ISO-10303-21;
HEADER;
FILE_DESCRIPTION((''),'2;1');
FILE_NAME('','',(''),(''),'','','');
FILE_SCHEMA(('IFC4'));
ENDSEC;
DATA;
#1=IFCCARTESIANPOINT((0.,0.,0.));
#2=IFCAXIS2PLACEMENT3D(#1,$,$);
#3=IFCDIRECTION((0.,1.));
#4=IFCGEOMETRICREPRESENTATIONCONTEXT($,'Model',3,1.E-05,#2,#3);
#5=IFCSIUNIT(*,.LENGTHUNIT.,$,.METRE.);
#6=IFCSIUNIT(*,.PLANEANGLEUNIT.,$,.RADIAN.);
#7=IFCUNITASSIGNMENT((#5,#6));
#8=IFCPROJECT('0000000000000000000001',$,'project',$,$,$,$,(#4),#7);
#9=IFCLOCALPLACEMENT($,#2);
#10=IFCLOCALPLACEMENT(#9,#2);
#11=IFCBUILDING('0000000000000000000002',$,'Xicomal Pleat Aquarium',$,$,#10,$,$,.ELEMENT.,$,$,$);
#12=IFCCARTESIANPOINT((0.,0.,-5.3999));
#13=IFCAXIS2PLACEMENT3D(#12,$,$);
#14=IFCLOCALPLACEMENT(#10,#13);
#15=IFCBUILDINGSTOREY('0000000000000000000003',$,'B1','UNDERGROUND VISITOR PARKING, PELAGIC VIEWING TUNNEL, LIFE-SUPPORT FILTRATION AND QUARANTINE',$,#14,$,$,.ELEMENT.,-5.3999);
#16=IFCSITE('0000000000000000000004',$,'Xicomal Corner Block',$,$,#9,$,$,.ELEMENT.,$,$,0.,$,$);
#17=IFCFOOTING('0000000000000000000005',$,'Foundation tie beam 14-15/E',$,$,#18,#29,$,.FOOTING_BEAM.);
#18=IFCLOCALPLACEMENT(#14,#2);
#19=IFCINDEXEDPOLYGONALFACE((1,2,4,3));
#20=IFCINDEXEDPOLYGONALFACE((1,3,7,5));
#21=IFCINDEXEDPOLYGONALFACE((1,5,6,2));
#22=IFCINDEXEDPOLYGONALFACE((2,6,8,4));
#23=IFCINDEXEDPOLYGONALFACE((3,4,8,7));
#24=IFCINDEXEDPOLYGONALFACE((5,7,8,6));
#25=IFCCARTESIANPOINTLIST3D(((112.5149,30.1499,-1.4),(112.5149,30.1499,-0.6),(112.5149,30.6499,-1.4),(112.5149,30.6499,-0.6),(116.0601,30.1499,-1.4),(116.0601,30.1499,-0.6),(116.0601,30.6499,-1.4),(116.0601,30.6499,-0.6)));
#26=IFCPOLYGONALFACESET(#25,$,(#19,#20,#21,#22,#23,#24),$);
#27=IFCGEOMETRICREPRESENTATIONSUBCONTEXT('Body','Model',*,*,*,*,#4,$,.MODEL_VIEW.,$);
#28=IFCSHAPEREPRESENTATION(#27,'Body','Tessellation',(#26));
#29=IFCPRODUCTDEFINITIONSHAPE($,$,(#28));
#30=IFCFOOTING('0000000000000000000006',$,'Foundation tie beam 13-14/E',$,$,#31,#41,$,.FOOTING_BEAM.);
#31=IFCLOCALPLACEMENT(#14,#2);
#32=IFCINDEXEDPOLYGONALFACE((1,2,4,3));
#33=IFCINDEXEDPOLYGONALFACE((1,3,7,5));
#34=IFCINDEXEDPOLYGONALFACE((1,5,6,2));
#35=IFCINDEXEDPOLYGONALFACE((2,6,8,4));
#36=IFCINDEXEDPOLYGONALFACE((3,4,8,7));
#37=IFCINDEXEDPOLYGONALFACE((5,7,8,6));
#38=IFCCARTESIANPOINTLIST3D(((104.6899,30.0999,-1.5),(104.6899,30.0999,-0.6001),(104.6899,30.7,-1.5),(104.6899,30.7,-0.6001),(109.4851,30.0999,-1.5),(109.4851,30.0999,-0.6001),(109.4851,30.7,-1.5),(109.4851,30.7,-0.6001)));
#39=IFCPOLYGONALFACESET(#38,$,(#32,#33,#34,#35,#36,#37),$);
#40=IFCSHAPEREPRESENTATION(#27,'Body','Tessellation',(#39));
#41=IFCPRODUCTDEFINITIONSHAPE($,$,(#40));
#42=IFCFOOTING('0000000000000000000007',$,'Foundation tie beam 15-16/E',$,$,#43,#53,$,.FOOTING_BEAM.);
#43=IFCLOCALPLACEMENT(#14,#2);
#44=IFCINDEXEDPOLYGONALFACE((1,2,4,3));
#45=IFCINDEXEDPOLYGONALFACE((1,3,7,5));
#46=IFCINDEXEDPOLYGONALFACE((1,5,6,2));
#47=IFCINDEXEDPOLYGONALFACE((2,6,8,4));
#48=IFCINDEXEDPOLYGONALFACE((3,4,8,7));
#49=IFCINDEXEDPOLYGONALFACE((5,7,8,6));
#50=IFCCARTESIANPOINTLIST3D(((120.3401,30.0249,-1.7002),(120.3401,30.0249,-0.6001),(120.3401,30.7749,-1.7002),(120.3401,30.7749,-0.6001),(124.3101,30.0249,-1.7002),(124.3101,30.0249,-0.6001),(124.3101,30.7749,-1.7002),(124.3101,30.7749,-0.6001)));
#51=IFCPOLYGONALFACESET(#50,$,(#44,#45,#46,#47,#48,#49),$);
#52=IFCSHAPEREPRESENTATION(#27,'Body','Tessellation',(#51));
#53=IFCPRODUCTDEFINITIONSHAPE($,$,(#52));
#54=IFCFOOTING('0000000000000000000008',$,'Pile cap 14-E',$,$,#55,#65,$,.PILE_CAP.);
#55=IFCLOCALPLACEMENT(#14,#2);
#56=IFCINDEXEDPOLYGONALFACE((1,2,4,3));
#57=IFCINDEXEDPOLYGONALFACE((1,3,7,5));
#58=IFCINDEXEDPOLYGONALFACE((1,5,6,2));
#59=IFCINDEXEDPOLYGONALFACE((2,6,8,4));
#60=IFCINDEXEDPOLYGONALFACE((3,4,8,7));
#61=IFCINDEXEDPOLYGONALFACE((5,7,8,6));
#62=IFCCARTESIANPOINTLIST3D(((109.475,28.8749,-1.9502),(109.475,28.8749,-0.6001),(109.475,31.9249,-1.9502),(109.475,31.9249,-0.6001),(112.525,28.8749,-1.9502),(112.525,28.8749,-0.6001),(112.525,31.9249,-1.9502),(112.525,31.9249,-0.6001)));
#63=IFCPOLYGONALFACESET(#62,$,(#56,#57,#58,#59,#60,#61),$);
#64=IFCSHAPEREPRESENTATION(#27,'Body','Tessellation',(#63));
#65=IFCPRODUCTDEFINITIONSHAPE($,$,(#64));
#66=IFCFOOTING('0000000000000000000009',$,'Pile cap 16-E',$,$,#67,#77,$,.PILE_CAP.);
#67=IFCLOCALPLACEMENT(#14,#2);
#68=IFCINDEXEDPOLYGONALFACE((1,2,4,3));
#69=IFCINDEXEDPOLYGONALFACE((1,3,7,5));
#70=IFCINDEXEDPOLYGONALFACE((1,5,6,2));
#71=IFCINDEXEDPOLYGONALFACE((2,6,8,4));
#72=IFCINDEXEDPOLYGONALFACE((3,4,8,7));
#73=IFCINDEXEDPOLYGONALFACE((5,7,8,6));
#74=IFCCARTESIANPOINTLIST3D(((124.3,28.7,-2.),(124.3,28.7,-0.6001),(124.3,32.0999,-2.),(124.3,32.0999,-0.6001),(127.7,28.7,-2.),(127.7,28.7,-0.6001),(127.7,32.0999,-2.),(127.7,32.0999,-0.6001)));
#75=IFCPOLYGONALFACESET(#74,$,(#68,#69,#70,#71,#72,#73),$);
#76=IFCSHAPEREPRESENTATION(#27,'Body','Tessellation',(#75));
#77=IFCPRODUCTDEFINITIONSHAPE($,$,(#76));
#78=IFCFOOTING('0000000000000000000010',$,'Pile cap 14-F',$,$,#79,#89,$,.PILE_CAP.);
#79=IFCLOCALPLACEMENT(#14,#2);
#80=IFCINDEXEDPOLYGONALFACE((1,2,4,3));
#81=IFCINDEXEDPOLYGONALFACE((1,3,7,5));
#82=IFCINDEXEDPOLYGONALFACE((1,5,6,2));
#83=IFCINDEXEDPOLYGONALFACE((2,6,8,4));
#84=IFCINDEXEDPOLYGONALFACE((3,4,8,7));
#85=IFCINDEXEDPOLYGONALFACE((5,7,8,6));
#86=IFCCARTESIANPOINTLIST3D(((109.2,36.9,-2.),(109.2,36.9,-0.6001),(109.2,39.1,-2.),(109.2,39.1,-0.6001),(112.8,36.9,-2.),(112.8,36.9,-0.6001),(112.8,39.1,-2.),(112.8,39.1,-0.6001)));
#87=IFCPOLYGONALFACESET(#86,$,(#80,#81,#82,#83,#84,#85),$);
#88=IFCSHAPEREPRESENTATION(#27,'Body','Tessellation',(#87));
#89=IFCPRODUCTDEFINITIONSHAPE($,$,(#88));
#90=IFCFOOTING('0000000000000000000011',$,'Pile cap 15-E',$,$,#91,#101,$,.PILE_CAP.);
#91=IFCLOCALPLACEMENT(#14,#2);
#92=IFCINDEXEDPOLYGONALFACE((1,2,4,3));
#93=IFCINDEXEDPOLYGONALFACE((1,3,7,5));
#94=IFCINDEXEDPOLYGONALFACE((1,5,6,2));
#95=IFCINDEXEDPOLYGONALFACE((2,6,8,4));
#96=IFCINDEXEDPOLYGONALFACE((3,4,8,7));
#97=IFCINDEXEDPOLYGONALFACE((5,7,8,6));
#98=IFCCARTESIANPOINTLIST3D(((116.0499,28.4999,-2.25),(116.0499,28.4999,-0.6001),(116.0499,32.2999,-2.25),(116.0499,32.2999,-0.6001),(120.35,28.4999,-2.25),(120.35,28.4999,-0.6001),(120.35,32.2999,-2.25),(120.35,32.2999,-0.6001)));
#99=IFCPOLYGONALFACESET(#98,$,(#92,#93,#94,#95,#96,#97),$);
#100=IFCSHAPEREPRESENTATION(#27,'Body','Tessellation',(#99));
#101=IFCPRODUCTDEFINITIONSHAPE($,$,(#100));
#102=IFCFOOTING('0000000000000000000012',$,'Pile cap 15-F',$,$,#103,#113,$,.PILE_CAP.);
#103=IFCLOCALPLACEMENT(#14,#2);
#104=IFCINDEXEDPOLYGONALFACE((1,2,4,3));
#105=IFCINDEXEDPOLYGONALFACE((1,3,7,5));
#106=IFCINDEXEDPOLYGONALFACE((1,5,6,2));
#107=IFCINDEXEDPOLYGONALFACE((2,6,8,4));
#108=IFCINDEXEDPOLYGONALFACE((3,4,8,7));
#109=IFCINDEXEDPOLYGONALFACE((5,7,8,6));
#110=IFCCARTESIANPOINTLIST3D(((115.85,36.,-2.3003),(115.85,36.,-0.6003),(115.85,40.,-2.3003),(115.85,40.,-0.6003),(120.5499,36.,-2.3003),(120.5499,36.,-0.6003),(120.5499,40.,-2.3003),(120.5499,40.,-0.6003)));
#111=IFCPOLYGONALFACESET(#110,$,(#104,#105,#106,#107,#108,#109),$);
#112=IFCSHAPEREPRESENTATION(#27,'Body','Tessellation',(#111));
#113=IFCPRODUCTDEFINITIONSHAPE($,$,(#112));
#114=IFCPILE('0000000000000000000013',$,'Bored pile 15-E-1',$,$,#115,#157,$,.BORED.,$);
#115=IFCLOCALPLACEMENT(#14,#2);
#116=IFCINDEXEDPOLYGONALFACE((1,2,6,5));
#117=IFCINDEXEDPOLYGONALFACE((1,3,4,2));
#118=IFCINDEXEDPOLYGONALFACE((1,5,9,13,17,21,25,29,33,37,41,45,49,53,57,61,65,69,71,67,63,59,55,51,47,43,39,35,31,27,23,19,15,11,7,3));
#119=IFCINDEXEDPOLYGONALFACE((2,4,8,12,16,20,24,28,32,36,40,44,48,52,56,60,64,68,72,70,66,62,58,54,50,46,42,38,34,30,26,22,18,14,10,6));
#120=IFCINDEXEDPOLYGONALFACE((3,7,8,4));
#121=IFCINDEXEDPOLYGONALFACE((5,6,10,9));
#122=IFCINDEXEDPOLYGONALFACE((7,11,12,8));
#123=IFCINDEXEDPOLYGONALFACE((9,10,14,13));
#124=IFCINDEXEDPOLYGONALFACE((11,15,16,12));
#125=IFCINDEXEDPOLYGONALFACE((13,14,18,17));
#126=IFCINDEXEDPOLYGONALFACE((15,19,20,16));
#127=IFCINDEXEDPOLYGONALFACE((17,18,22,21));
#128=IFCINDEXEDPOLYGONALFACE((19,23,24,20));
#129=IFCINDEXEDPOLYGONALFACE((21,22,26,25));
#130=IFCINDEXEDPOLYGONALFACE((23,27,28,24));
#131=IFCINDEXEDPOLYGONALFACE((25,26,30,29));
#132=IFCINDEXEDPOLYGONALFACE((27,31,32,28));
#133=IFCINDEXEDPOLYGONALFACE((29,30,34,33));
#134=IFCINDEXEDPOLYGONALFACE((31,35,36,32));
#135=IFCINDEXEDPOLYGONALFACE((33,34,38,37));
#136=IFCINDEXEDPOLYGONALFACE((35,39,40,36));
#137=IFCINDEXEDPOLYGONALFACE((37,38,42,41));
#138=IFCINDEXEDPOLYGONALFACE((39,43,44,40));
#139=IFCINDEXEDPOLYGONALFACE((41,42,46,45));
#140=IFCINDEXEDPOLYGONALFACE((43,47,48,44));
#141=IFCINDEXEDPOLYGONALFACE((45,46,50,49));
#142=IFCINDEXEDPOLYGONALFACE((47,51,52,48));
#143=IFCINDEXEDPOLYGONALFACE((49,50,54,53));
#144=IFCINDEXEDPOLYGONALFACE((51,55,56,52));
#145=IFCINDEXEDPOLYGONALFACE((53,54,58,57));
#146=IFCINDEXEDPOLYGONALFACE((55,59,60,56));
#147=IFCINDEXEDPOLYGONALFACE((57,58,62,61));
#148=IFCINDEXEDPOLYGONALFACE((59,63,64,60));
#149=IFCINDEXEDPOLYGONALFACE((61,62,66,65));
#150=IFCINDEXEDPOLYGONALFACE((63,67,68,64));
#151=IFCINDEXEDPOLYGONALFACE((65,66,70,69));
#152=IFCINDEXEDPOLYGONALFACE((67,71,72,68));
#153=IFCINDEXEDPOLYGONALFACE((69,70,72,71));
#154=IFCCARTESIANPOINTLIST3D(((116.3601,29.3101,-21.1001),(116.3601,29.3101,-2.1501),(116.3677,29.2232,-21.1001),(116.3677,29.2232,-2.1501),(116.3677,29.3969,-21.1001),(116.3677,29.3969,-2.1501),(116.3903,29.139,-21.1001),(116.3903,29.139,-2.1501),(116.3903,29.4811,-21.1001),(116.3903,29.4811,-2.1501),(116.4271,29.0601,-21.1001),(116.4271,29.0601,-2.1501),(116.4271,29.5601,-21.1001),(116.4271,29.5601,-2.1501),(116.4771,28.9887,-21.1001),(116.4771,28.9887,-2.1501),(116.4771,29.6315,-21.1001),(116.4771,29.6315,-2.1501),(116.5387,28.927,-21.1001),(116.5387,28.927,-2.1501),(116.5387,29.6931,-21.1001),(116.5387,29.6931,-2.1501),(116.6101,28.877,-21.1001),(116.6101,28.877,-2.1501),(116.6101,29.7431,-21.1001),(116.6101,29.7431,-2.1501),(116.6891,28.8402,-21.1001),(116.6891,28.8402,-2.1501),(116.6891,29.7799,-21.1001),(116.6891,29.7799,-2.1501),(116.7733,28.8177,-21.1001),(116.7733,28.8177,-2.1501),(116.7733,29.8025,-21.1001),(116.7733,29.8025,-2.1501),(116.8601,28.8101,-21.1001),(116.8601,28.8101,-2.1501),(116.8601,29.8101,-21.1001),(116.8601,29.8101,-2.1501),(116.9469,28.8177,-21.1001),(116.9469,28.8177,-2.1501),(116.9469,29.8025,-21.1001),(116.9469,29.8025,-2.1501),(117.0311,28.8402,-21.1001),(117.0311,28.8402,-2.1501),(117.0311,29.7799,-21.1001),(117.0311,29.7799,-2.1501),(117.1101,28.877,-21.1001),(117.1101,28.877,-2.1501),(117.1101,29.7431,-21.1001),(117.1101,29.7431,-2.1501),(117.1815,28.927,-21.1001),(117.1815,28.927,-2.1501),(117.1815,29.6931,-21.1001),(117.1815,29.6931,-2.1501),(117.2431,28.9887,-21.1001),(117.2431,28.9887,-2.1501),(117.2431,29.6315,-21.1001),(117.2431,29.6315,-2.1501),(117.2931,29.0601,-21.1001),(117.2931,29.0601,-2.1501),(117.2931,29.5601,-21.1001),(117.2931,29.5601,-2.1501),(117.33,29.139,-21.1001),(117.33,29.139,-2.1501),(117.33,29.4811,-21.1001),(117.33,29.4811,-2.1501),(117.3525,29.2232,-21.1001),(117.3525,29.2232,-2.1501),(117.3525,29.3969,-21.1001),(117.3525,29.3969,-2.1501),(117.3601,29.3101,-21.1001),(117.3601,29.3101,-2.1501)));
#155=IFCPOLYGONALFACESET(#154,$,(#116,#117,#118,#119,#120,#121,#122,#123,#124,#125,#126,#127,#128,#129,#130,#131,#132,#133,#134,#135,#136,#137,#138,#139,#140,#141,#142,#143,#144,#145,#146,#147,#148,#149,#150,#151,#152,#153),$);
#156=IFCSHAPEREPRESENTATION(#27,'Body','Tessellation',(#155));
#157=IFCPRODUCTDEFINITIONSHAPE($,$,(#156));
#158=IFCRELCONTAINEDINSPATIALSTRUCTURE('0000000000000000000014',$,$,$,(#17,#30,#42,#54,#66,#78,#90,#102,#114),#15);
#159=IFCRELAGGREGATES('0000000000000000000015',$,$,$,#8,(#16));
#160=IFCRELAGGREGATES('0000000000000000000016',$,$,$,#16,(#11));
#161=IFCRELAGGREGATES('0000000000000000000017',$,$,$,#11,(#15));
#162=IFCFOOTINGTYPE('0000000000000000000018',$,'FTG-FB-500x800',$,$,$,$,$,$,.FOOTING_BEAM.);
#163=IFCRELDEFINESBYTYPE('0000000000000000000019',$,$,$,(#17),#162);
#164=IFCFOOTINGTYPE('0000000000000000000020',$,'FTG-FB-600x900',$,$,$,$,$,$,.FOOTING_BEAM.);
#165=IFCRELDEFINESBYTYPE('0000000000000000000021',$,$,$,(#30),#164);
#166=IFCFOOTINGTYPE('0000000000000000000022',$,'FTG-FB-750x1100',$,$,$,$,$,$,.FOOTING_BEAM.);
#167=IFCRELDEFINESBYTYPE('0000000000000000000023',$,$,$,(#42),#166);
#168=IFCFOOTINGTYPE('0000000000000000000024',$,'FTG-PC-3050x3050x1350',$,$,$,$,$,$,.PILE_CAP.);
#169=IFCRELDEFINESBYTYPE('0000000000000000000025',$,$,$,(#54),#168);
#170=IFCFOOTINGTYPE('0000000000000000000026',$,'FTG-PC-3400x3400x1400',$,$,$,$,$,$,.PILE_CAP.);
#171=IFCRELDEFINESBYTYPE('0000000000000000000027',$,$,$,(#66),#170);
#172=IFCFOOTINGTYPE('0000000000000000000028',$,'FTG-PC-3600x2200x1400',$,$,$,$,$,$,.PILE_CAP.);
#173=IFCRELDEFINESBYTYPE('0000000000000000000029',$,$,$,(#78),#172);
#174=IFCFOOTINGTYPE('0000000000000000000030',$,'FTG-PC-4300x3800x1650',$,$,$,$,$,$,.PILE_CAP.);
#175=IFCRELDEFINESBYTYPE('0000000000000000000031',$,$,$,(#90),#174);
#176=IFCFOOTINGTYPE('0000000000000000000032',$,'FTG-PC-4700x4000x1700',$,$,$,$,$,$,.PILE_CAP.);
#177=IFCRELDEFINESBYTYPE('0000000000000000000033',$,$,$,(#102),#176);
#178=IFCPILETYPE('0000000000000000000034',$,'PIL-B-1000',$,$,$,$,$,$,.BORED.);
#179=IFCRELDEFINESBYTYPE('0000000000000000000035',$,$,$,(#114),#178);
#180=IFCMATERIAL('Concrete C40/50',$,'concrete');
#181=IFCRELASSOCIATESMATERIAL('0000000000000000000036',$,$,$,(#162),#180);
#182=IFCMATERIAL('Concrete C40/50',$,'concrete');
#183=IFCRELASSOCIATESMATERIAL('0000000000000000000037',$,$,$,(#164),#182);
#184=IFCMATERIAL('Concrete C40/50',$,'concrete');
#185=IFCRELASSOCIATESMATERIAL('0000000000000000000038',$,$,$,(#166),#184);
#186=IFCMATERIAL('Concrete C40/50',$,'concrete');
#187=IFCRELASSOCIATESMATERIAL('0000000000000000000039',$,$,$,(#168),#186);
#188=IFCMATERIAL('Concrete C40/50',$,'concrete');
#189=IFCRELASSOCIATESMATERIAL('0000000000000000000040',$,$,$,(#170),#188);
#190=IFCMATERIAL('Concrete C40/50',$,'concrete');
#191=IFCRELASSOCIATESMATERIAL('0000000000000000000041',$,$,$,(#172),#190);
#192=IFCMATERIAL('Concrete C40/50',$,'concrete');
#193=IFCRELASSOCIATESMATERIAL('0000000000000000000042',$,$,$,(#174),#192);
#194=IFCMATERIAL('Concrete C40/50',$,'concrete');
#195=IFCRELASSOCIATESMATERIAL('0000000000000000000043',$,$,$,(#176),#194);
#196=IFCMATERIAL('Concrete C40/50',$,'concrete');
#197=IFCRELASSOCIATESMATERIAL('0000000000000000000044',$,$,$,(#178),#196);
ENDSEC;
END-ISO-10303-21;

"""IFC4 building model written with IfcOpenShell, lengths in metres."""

from ifc_helpers import new_model, si_unit, direction, frame, origin, origin_2d, place, context, subcontext, project, spatial, rectangle, circle, extrude, material, material_profile, profile_set, type_object, element, save


model = new_model("IFC4")

# Units and contexts
model_context = context("Model", 3, precision=1e-05, world=origin(), true_north=direction((0.0, 1.0)))
body_context = subcontext(model_context, "Body", "Model", "MODEL_VIEW")
ifc_project = project(units=[si_unit("LENGTHUNIT", "METRE"), si_unit("PLANEANGLEUNIT", "RADIAN")], contexts=[model_context])

# Site, building, storey
site_placement = place(None, origin())
site = spatial("IfcSite", under=ifc_project, at=site_placement, Name="Xicomal Corner Block", CompositionType="ELEMENT", RefElevation=0.0)
building_placement = place(site_placement, origin())
building = spatial("IfcBuilding", under=site, at=building_placement, Name="Xicomal Pleat Aquarium", CompositionType="ELEMENT")
storey_placement = place(building_placement, frame((0.0, 0.0, -5.3999)))
storey = spatial("IfcBuildingStorey", under=building, at=storey_placement, Name="B1", Description="UNDERGROUND VISITOR PARKING, PELAGIC VIEWING TUNNEL, LIFE-SUPPORT FILTRATION AND QUARANTINE", CompositionType="ELEMENT", Elevation=-5.3999)

# Footings
ifc_material_1 = material(Name="Concrete C40/50", Category="concrete")
ifc_material_profile_1 = material_profile(ifc_material_1, rectangle(XDim=0.5, YDim=0.8, at=origin_2d()), Name="FB-01 500x800")
ifc_profile_set_1 = profile_set([ifc_material_profile_1], Name="Concrete C40/50")
footing_type_1 = type_object("IfcFootingType", Name="FTG-FB-500x800", PredefinedType="FOOTING_BEAM", material=ifc_profile_set_1)
footing_1_placement = place(storey_placement, frame((112.5149, 30.3999, -1.0), z_axis=(1.0, 0.0, 0.0), x_axis=(0.0, 1.0, 0.0)))
element("IfcFooting", 1, at=footing_1_placement, inside=storey, type_object=footing_type_1, Name="Foundation tie beam 14-15/E", PredefinedType="FOOTING_BEAM", context=body_context, shape_type="SweptSolid", body=[
    extrude(rectangle(XDim=0.5, YDim=0.8, at=origin_2d()), origin(), (0.0, 0.0, 1.0), 3.5452),
])
ifc_material_2 = material(Name="Concrete C40/50", Category="concrete")
ifc_material_profile_2 = material_profile(ifc_material_2, rectangle(XDim=0.6001, YDim=0.8999, at=origin_2d()), Name="FB-02 600x900")
ifc_profile_set_2 = profile_set([ifc_material_profile_2], Name="Concrete C40/50")
footing_type_2 = type_object("IfcFootingType", Name="FTG-FB-600x900", PredefinedType="FOOTING_BEAM", material=ifc_profile_set_2)
footing_2_placement = place(storey_placement, frame((104.6899, 30.3999, -1.05), z_axis=(1.0, 0.0, 0.0), x_axis=(0.0, 1.0, 0.0)))
element("IfcFooting", 2, at=footing_2_placement, inside=storey, type_object=footing_type_2, Name="Foundation tie beam 13-14/E", PredefinedType="FOOTING_BEAM", context=body_context, shape_type="SweptSolid", body=[
    extrude(rectangle(XDim=0.6001, YDim=0.8999, at=origin_2d()), origin(), (0.0, 0.0, 1.0), 4.7952),
])
ifc_material_3 = material(Name="Concrete C40/50", Category="concrete")
ifc_material_profile_3 = material_profile(ifc_material_3, rectangle(XDim=0.75, YDim=1.1001, at=origin_2d()), Name="FB-04 750x1100")
ifc_profile_set_3 = profile_set([ifc_material_profile_3], Name="Concrete C40/50")
footing_type_3 = type_object("IfcFootingType", Name="FTG-FB-750x1100", PredefinedType="FOOTING_BEAM", material=ifc_profile_set_3)
footing_3_placement = place(storey_placement, frame((120.3401, 30.3999, -1.1501), z_axis=(1.0, 0.0, 0.0), x_axis=(0.0, 1.0, 0.0)))
element("IfcFooting", 3, at=footing_3_placement, inside=storey, type_object=footing_type_3, Name="Foundation tie beam 15-16/E", PredefinedType="FOOTING_BEAM", context=body_context, shape_type="SweptSolid", body=[
    extrude(rectangle(XDim=0.75, YDim=1.1001, at=origin_2d()), origin(), (0.0, 0.0, 1.0), 3.97),
])
ifc_material_4 = material(Name="Concrete C40/50", Category="concrete")
footing_type_4 = type_object("IfcFootingType", Name="FTG-PC-3050x3050x1350", PredefinedType="PILE_CAP", material=ifc_material_4)
footing_4_placement = place(storey_placement, frame((111.0, 30.3999, -1.9502), z_axis=(0.0, 0.0, 1.0), x_axis=(1.0, 0.0, 0.0)))
element("IfcFooting", 4, at=footing_4_placement, inside=storey, type_object=footing_type_4, Name="Pile cap 14-E", PredefinedType="PILE_CAP", context=body_context, shape_type="SweptSolid", body=[
    extrude(rectangle(XDim=3.05, YDim=3.05, at=origin_2d()), origin(), (0.0, 0.0, 1.0), 1.3501),
])
ifc_material_5 = material(Name="Concrete C40/50", Category="concrete")
footing_type_5 = type_object("IfcFootingType", Name="FTG-PC-3400x3400x1400", PredefinedType="PILE_CAP", material=ifc_material_5)
footing_5_placement = place(storey_placement, frame((126.0, 30.3999, -2.0), z_axis=(0.0, 0.0, 1.0), x_axis=(1.0, 0.0, 0.0)))
element("IfcFooting", 5, at=footing_5_placement, inside=storey, type_object=footing_type_5, Name="Pile cap 16-E", PredefinedType="PILE_CAP", context=body_context, shape_type="SweptSolid", body=[
    extrude(rectangle(XDim=3.3999, YDim=3.3999, at=origin_2d()), origin(), (0.0, 0.0, 1.0), 1.3999),
])
ifc_material_6 = material(Name="Concrete C40/50", Category="concrete")
footing_type_6 = type_object("IfcFootingType", Name="FTG-PC-3600x2200x1400", PredefinedType="PILE_CAP", material=ifc_material_6)
footing_6_placement = place(storey_placement, frame((111.0, 38.0, -2.0), z_axis=(0.0, 0.0, 1.0), x_axis=(1.0, 0.0, 0.0)))
element("IfcFooting", 6, at=footing_6_placement, inside=storey, type_object=footing_type_6, Name="Pile cap 14-F", PredefinedType="PILE_CAP", context=body_context, shape_type="SweptSolid", body=[
    extrude(rectangle(XDim=3.6001, YDim=2.2, at=origin_2d()), origin(), (0.0, 0.0, 1.0), 1.3999),
])
ifc_material_7 = material(Name="Concrete C40/50", Category="concrete")
footing_type_7 = type_object("IfcFootingType", Name="FTG-PC-4300x3800x1650", PredefinedType="PILE_CAP", material=ifc_material_7)
footing_7_placement = place(storey_placement, frame((118.2, 30.3999, -2.25), z_axis=(0.0, 0.0, 1.0), x_axis=(1.0, 0.0, 0.0)))
element("IfcFooting", 7, at=footing_7_placement, inside=storey, type_object=footing_type_7, Name="Pile cap 15-E", PredefinedType="PILE_CAP", context=body_context, shape_type="SweptSolid", body=[
    extrude(rectangle(XDim=4.3, YDim=3.8, at=origin_2d()), origin(), (0.0, 0.0, 1.0), 1.6499),
])
ifc_material_8 = material(Name="Concrete C40/50", Category="concrete")
footing_type_8 = type_object("IfcFootingType", Name="FTG-PC-4700x4000x1700", PredefinedType="PILE_CAP", material=ifc_material_8)
footing_8_placement = place(storey_placement, frame((118.2, 38.0, -2.3003), z_axis=(0.0, 0.0, 1.0), x_axis=(1.0, 0.0, 0.0)))
element("IfcFooting", 8, at=footing_8_placement, inside=storey, type_object=footing_type_8, Name="Pile cap 15-F", PredefinedType="PILE_CAP", context=body_context, shape_type="SweptSolid", body=[
    extrude(rectangle(XDim=4.7, YDim=4.0, at=origin_2d()), origin(), (0.0, 0.0, 1.0), 1.7),
])

# Pile
ifc_material_9 = material(Name="Concrete C40/50", Category="concrete")
ifc_material_profile_4 = material_profile(ifc_material_9, circle(Radius=0.5, at=origin_2d()), Name="BORED PILE D1000")
ifc_profile_set_4 = profile_set([ifc_material_profile_4], Name="Concrete C40/50")
pile_type_1 = type_object("IfcPileType", Name="PIL-B-1000", PredefinedType="BORED", material=ifc_profile_set_4)
for number, where, z_axis, x_axis, name in (
    (9, (116.8601, 29.3101, -2.1501), (0.0, 0.0, -1.0), (1.0, 0.0, 0.0), "Bored pile 15-E-1"),
):
    element("IfcPile", number, at=place(storey_placement, frame(where, z_axis=z_axis, x_axis=x_axis)), inside=storey, type_object=pile_type_1, Name=name, PredefinedType="BORED", context=body_context, shape_type="SweptSolid", body=[
        extrude(circle(Radius=0.5, at=origin_2d()), origin(), (0.0, 0.0, 1.0), 18.95),
    ])

save(model, "model.ifc")
